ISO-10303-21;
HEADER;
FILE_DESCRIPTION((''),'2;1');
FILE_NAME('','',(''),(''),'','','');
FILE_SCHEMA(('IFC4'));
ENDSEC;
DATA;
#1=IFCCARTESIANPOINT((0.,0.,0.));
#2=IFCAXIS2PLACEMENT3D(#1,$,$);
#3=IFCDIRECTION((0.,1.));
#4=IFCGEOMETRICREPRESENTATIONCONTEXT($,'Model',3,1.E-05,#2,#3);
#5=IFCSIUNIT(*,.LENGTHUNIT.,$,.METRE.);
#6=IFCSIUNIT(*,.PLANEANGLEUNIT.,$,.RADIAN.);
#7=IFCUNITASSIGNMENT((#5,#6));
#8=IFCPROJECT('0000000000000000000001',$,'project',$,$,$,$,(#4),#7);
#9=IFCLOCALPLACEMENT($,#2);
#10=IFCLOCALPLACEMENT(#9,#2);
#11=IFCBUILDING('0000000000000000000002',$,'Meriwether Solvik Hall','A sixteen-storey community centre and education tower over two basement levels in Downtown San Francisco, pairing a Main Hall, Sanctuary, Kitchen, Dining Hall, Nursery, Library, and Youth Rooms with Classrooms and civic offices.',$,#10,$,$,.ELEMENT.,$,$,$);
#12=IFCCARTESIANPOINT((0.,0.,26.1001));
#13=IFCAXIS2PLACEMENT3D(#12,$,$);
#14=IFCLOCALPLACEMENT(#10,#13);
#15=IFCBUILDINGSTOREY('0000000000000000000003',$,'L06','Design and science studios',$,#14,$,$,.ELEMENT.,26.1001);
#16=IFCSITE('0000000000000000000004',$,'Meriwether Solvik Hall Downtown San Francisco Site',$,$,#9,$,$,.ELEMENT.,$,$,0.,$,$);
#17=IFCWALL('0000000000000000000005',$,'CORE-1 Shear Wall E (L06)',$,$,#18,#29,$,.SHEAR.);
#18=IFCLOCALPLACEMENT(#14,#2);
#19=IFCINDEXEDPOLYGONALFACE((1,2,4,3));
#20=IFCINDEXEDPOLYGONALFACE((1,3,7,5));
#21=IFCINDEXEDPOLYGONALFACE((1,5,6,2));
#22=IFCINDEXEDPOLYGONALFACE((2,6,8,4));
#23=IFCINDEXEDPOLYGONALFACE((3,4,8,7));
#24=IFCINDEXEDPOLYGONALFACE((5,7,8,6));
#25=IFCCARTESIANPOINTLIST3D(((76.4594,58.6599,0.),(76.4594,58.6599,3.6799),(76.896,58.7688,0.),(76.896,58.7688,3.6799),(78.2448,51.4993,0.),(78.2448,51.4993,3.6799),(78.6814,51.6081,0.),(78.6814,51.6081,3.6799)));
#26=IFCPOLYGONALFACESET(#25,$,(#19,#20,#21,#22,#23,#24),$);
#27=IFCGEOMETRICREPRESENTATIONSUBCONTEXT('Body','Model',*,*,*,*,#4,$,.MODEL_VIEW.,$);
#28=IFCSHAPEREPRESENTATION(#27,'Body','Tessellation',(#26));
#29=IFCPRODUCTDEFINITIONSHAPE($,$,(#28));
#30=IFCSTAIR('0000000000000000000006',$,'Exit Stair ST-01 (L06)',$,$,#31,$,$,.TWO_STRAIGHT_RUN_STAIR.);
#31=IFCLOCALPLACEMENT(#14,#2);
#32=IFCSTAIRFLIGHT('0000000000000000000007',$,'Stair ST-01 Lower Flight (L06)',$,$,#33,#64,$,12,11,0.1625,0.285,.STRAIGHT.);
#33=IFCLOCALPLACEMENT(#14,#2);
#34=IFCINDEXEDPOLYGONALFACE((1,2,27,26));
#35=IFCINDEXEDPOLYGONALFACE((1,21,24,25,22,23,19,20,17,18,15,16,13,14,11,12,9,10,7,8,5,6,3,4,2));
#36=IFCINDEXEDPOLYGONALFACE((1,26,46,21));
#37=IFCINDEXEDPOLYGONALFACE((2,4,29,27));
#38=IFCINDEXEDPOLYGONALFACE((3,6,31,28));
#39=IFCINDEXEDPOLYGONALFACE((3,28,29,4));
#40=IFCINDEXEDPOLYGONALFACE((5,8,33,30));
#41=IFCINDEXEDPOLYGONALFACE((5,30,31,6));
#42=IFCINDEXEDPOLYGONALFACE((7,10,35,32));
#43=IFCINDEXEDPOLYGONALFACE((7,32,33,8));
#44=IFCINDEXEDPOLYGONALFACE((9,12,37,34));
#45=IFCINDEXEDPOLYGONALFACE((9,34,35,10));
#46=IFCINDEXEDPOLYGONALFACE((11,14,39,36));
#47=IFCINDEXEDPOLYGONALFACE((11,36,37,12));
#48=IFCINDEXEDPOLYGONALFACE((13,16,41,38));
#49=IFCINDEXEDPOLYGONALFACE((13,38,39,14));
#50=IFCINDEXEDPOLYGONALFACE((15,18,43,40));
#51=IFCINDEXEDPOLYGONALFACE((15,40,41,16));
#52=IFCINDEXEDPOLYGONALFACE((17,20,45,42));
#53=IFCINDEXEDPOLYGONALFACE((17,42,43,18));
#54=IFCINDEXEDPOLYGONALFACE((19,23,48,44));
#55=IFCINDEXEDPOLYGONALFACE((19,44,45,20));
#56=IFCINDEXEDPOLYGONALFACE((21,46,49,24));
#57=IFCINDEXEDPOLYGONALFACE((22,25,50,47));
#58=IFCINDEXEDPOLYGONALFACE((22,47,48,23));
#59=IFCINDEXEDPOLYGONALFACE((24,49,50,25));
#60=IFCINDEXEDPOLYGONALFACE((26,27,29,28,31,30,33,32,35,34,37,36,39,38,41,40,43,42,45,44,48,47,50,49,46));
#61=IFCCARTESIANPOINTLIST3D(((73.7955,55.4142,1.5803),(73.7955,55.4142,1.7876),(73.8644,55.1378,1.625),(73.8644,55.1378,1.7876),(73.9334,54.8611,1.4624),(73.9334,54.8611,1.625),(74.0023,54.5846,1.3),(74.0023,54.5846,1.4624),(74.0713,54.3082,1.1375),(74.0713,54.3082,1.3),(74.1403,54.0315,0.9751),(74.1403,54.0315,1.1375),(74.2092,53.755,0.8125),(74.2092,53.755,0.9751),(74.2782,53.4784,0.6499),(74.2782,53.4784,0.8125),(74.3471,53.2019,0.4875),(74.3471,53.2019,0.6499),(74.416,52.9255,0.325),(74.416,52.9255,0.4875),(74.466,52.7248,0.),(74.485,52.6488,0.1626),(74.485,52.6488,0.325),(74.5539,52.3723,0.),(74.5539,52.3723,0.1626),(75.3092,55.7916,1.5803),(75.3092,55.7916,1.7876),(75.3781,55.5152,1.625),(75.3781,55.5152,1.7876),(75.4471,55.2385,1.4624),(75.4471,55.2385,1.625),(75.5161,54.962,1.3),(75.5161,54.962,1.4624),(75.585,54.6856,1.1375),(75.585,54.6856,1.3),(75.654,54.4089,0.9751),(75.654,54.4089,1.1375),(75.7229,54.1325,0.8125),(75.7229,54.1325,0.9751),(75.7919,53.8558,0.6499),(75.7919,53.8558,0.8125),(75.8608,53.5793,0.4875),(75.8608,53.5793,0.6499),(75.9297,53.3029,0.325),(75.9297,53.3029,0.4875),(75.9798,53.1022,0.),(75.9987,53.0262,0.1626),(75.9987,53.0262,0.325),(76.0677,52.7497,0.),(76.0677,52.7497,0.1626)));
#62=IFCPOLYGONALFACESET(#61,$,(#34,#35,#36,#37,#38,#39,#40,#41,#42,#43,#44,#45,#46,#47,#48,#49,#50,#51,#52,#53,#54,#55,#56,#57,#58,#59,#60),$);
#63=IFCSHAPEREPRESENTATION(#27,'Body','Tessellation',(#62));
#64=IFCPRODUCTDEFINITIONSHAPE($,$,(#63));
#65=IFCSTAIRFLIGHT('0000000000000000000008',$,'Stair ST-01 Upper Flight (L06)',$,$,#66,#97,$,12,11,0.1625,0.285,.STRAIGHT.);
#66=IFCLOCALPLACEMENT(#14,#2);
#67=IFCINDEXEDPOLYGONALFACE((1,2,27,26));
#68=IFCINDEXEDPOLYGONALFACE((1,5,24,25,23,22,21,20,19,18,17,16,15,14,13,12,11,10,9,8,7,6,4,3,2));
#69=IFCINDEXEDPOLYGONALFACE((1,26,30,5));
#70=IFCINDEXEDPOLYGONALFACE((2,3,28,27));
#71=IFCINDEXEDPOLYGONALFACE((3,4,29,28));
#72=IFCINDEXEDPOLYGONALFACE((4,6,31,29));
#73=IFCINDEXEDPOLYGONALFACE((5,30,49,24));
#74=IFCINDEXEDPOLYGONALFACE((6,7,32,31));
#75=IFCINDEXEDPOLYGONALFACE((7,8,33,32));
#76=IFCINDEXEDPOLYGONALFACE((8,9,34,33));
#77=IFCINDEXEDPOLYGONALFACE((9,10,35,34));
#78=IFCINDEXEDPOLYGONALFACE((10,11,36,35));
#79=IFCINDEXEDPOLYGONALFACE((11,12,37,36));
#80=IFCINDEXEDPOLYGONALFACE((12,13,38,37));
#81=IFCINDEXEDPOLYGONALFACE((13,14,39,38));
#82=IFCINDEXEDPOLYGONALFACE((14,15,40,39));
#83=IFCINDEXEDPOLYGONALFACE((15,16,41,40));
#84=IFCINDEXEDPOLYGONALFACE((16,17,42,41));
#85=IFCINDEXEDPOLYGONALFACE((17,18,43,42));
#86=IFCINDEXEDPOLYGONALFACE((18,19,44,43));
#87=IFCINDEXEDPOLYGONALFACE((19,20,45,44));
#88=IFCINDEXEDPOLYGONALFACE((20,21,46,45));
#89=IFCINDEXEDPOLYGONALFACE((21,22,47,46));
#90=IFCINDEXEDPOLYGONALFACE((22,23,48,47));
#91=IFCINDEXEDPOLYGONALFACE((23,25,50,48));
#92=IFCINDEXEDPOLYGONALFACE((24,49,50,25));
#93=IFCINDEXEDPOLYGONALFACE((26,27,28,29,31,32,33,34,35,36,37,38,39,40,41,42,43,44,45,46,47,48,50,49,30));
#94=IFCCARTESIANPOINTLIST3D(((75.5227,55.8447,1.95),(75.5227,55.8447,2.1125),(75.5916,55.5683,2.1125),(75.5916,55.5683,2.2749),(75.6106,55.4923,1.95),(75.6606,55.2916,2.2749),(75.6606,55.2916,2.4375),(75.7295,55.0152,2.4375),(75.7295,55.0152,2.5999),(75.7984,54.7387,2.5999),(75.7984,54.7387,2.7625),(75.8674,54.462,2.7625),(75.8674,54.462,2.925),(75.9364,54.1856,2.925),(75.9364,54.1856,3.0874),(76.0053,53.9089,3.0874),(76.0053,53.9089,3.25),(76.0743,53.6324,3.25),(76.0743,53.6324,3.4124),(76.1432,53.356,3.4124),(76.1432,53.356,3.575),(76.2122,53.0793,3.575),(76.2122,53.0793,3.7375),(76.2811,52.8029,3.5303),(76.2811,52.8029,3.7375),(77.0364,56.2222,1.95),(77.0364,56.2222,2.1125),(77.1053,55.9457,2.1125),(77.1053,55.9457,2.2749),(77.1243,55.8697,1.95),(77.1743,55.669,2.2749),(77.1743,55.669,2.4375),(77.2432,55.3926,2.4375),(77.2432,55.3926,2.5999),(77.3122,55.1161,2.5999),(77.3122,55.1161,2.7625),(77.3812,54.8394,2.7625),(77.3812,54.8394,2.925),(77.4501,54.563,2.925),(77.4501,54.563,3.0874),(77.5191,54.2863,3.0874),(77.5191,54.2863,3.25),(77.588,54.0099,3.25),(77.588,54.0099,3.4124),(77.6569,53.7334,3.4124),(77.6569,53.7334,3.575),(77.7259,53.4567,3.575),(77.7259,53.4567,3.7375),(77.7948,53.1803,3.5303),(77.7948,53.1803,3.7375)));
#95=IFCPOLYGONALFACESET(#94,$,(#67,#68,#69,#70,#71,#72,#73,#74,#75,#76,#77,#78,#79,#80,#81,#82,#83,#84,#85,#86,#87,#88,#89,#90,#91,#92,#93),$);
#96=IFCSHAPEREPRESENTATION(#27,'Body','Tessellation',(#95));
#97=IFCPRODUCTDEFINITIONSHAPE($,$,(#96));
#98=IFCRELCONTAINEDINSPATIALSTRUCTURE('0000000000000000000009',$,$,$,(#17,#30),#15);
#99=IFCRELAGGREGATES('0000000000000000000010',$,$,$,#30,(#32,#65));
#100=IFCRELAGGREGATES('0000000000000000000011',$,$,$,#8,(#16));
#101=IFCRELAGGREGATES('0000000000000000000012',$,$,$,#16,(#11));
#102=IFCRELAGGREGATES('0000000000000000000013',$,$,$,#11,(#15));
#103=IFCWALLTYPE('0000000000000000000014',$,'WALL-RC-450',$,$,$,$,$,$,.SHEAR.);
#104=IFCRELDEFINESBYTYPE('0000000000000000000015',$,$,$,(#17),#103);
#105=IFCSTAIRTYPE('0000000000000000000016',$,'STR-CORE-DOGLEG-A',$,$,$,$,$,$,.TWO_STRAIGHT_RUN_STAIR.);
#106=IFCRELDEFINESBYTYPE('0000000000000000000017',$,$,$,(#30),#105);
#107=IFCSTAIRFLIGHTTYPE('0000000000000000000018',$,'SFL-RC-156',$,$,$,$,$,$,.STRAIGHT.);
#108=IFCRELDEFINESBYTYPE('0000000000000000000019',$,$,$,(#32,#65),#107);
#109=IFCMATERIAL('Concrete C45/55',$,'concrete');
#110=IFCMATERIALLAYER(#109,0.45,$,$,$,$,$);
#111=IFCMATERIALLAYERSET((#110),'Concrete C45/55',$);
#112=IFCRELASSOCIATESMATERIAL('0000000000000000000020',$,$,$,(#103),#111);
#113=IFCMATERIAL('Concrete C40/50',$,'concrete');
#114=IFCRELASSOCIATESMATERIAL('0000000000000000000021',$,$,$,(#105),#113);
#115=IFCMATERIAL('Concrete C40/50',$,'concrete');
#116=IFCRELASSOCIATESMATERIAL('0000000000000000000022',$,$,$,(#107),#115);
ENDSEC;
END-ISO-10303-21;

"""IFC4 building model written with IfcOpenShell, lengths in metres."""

from ifc_helpers import new_model, si_unit, direction, frame, frame_2d, origin, place, context, subcontext, project, spatial, polyline, rectangle, outline, extrude, material, layer, layer_set, type_object, element, aggregate, save


model = new_model("IFC4")

# Units and contexts
model_context = context("Model", 3, precision=1e-05, world=origin(), true_north=direction((0.0, 1.0)))
body_context = subcontext(model_context, "Body", "Model", "MODEL_VIEW")
ifc_project = project(units=[si_unit("LENGTHUNIT", "METRE"), si_unit("PLANEANGLEUNIT", "RADIAN")], contexts=[model_context])

# Site, building, storey
site_placement = place(None, origin())
site = spatial("IfcSite", under=ifc_project, at=site_placement, Name="Meriwether Solvik Hall Downtown San Francisco Site", CompositionType="ELEMENT", RefElevation=0.0)
building_placement = place(site_placement, origin())
building = spatial("IfcBuilding", under=site, at=building_placement, Name="Meriwether Solvik Hall", Description="A sixteen-storey community centre and education tower over two basement levels in Downtown San Francisco, pairing a Main Hall, Sanctuary, Kitchen, Dining Hall, Nursery, Library, and Youth Rooms with Classrooms and civic offices.", CompositionType="ELEMENT")
storey_placement = place(building_placement, frame((0.0, 0.0, 26.1001)))
storey = spatial("IfcBuildingStorey", under=building, at=storey_placement, Name="L06", Description="Design and science studios", CompositionType="ELEMENT", Elevation=26.1001)

# Wall
ifc_material_1 = material(Name="Concrete C45/55", Category="concrete")
ifc_layer_1 = layer(ifc_material_1, 0.45)
ifc_layer_set_1 = layer_set([ifc_layer_1], Name="Concrete C45/55")
wall_type_1 = type_object("IfcWallType", Name="WALL-RC-450", PredefinedType="SHEAR", material=ifc_layer_set_1)
wall_1_placement = place(storey_placement, frame((78.4631, 51.5537, 0.0), z_axis=(0.0, 0.0, 1.0), x_axis=(-0.241928, 0.970294, 0.0)))
element("IfcWall", 1, at=wall_1_placement, inside=storey, type_object=wall_type_1, Name="CORE-1 Shear Wall E (L06)", PredefinedType="SHEAR", context=body_context, shape_type="SweptSolid", body=[
    extrude(rectangle(XDim=7.3799, YDim=0.45, at=frame_2d((3.6899, 0.0))), origin(), (0.0, 0.0, 1.0), 3.6799),
])

# Stair, stair flights
ifc_material_2 = material(Name="Concrete C40/50", Category="concrete")
stair_type = type_object("IfcStairType", Name="STR-CORE-DOGLEG-A", PredefinedType="TWO_STRAIGHT_RUN_STAIR", material=ifc_material_2)
stair_placement = place(storey_placement, origin())
stair = element("IfcStair", 2, at=stair_placement, inside=storey, type_object=stair_type, Name="Exit Stair ST-01 (L06)", PredefinedType="TWO_STRAIGHT_RUN_STAIR")
ifc_material_3 = material(Name="Concrete C40/50", Category="concrete")
stair_flight_type = type_object("IfcStairFlightType", Name="SFL-RC-156", PredefinedType="STRAIGHT", material=ifc_material_3)
stair_flight_1_placement = place(storey_placement, frame((75.3108, 52.561, 0.0), z_axis=(0.0, 0.0, 1.0), x_axis=(-0.241922, 0.970296, 0.0)))
stair_flight_1 = element("IfcStairFlight", 3, at=stair_flight_1_placement, type_object=stair_flight_type, Name="Stair ST-01 Lower Flight (L06)", NumberOfRisers=12, NumberOfTreads=11, PredefinedType="STRAIGHT", RiserHeight=0.1625, TreadLength=0.285, context=body_context, shape_type="SweptSolid", body=[
    extrude(outline(polyline([(0.0, 0.0), (0.0, 0.1626), (0.2849, 0.1626), (0.2849, 0.325), (0.5701, 0.325), (0.5701, 0.4875), (0.855, 0.4875), (0.855, 0.6499), (1.1399, 0.6499), (1.1399, 0.8125), (1.425, 0.8125), (1.425, 0.9751), (1.71, 0.9751), (1.71, 1.1375), (1.9951, 1.1375), (1.9951, 1.3), (2.28, 1.3), (2.28, 1.4624), (2.5649, 1.4624), (2.5649, 1.625), (2.8501, 1.625), (2.8501, 1.7876), (3.135, 1.7876), (3.135, 1.95), (3.135, 1.5803), (0.3633, 0.0), (0.0, 0.0)])), frame((0.0, 0.78, 0.0), z_axis=(0.0, -1.0, 0.0), x_axis=(1.0, 0.0, 0.0)), (0.0, 0.0, 1.0), 1.5601),
])
stair_flight_2_placement = place(storey_placement, frame((76.2795, 56.0334, 1.95), z_axis=(0.0, 0.0, 1.0), x_axis=(0.241922, -0.970296, 0.0)))
stair_flight_2 = element("IfcStairFlight", 4, at=stair_flight_2_placement, type_object=stair_flight_type, Name="Stair ST-01 Upper Flight (L06)", NumberOfRisers=12, NumberOfTreads=11, PredefinedType="STRAIGHT", RiserHeight=0.1625, TreadLength=0.285, context=body_context, shape_type="SweptSolid", body=[
    extrude(outline(polyline([(0.0, 0.0), (0.0, 0.1626), (0.2849, 0.1626), (0.2849, 0.325), (0.5701, 0.325), (0.5701, 0.4875), (0.855, 0.4875), (0.855, 0.6499), (1.1399, 0.6499), (1.1399, 0.8125), (1.425, 0.8125), (1.425, 0.9751), (1.71, 0.9751), (1.71, 1.1375), (1.9951, 1.1375), (1.9951, 1.3), (2.28, 1.3), (2.28, 1.4624), (2.5649, 1.4624), (2.5649, 1.625), (2.8501, 1.625), (2.8501, 1.7876), (3.135, 1.7876), (3.135, 1.95), (3.135, 1.5803), (0.3633, 0.0), (0.0, 0.0)])), frame((0.0, 0.78, 0.0), z_axis=(0.0, -1.0, 0.0), x_axis=(1.0, 0.0, 0.0)), (0.0, 0.0, 1.0), 1.5601),
])
aggregate(stair, [stair_flight_1, stair_flight_2])

save(model, "model.ifc")
